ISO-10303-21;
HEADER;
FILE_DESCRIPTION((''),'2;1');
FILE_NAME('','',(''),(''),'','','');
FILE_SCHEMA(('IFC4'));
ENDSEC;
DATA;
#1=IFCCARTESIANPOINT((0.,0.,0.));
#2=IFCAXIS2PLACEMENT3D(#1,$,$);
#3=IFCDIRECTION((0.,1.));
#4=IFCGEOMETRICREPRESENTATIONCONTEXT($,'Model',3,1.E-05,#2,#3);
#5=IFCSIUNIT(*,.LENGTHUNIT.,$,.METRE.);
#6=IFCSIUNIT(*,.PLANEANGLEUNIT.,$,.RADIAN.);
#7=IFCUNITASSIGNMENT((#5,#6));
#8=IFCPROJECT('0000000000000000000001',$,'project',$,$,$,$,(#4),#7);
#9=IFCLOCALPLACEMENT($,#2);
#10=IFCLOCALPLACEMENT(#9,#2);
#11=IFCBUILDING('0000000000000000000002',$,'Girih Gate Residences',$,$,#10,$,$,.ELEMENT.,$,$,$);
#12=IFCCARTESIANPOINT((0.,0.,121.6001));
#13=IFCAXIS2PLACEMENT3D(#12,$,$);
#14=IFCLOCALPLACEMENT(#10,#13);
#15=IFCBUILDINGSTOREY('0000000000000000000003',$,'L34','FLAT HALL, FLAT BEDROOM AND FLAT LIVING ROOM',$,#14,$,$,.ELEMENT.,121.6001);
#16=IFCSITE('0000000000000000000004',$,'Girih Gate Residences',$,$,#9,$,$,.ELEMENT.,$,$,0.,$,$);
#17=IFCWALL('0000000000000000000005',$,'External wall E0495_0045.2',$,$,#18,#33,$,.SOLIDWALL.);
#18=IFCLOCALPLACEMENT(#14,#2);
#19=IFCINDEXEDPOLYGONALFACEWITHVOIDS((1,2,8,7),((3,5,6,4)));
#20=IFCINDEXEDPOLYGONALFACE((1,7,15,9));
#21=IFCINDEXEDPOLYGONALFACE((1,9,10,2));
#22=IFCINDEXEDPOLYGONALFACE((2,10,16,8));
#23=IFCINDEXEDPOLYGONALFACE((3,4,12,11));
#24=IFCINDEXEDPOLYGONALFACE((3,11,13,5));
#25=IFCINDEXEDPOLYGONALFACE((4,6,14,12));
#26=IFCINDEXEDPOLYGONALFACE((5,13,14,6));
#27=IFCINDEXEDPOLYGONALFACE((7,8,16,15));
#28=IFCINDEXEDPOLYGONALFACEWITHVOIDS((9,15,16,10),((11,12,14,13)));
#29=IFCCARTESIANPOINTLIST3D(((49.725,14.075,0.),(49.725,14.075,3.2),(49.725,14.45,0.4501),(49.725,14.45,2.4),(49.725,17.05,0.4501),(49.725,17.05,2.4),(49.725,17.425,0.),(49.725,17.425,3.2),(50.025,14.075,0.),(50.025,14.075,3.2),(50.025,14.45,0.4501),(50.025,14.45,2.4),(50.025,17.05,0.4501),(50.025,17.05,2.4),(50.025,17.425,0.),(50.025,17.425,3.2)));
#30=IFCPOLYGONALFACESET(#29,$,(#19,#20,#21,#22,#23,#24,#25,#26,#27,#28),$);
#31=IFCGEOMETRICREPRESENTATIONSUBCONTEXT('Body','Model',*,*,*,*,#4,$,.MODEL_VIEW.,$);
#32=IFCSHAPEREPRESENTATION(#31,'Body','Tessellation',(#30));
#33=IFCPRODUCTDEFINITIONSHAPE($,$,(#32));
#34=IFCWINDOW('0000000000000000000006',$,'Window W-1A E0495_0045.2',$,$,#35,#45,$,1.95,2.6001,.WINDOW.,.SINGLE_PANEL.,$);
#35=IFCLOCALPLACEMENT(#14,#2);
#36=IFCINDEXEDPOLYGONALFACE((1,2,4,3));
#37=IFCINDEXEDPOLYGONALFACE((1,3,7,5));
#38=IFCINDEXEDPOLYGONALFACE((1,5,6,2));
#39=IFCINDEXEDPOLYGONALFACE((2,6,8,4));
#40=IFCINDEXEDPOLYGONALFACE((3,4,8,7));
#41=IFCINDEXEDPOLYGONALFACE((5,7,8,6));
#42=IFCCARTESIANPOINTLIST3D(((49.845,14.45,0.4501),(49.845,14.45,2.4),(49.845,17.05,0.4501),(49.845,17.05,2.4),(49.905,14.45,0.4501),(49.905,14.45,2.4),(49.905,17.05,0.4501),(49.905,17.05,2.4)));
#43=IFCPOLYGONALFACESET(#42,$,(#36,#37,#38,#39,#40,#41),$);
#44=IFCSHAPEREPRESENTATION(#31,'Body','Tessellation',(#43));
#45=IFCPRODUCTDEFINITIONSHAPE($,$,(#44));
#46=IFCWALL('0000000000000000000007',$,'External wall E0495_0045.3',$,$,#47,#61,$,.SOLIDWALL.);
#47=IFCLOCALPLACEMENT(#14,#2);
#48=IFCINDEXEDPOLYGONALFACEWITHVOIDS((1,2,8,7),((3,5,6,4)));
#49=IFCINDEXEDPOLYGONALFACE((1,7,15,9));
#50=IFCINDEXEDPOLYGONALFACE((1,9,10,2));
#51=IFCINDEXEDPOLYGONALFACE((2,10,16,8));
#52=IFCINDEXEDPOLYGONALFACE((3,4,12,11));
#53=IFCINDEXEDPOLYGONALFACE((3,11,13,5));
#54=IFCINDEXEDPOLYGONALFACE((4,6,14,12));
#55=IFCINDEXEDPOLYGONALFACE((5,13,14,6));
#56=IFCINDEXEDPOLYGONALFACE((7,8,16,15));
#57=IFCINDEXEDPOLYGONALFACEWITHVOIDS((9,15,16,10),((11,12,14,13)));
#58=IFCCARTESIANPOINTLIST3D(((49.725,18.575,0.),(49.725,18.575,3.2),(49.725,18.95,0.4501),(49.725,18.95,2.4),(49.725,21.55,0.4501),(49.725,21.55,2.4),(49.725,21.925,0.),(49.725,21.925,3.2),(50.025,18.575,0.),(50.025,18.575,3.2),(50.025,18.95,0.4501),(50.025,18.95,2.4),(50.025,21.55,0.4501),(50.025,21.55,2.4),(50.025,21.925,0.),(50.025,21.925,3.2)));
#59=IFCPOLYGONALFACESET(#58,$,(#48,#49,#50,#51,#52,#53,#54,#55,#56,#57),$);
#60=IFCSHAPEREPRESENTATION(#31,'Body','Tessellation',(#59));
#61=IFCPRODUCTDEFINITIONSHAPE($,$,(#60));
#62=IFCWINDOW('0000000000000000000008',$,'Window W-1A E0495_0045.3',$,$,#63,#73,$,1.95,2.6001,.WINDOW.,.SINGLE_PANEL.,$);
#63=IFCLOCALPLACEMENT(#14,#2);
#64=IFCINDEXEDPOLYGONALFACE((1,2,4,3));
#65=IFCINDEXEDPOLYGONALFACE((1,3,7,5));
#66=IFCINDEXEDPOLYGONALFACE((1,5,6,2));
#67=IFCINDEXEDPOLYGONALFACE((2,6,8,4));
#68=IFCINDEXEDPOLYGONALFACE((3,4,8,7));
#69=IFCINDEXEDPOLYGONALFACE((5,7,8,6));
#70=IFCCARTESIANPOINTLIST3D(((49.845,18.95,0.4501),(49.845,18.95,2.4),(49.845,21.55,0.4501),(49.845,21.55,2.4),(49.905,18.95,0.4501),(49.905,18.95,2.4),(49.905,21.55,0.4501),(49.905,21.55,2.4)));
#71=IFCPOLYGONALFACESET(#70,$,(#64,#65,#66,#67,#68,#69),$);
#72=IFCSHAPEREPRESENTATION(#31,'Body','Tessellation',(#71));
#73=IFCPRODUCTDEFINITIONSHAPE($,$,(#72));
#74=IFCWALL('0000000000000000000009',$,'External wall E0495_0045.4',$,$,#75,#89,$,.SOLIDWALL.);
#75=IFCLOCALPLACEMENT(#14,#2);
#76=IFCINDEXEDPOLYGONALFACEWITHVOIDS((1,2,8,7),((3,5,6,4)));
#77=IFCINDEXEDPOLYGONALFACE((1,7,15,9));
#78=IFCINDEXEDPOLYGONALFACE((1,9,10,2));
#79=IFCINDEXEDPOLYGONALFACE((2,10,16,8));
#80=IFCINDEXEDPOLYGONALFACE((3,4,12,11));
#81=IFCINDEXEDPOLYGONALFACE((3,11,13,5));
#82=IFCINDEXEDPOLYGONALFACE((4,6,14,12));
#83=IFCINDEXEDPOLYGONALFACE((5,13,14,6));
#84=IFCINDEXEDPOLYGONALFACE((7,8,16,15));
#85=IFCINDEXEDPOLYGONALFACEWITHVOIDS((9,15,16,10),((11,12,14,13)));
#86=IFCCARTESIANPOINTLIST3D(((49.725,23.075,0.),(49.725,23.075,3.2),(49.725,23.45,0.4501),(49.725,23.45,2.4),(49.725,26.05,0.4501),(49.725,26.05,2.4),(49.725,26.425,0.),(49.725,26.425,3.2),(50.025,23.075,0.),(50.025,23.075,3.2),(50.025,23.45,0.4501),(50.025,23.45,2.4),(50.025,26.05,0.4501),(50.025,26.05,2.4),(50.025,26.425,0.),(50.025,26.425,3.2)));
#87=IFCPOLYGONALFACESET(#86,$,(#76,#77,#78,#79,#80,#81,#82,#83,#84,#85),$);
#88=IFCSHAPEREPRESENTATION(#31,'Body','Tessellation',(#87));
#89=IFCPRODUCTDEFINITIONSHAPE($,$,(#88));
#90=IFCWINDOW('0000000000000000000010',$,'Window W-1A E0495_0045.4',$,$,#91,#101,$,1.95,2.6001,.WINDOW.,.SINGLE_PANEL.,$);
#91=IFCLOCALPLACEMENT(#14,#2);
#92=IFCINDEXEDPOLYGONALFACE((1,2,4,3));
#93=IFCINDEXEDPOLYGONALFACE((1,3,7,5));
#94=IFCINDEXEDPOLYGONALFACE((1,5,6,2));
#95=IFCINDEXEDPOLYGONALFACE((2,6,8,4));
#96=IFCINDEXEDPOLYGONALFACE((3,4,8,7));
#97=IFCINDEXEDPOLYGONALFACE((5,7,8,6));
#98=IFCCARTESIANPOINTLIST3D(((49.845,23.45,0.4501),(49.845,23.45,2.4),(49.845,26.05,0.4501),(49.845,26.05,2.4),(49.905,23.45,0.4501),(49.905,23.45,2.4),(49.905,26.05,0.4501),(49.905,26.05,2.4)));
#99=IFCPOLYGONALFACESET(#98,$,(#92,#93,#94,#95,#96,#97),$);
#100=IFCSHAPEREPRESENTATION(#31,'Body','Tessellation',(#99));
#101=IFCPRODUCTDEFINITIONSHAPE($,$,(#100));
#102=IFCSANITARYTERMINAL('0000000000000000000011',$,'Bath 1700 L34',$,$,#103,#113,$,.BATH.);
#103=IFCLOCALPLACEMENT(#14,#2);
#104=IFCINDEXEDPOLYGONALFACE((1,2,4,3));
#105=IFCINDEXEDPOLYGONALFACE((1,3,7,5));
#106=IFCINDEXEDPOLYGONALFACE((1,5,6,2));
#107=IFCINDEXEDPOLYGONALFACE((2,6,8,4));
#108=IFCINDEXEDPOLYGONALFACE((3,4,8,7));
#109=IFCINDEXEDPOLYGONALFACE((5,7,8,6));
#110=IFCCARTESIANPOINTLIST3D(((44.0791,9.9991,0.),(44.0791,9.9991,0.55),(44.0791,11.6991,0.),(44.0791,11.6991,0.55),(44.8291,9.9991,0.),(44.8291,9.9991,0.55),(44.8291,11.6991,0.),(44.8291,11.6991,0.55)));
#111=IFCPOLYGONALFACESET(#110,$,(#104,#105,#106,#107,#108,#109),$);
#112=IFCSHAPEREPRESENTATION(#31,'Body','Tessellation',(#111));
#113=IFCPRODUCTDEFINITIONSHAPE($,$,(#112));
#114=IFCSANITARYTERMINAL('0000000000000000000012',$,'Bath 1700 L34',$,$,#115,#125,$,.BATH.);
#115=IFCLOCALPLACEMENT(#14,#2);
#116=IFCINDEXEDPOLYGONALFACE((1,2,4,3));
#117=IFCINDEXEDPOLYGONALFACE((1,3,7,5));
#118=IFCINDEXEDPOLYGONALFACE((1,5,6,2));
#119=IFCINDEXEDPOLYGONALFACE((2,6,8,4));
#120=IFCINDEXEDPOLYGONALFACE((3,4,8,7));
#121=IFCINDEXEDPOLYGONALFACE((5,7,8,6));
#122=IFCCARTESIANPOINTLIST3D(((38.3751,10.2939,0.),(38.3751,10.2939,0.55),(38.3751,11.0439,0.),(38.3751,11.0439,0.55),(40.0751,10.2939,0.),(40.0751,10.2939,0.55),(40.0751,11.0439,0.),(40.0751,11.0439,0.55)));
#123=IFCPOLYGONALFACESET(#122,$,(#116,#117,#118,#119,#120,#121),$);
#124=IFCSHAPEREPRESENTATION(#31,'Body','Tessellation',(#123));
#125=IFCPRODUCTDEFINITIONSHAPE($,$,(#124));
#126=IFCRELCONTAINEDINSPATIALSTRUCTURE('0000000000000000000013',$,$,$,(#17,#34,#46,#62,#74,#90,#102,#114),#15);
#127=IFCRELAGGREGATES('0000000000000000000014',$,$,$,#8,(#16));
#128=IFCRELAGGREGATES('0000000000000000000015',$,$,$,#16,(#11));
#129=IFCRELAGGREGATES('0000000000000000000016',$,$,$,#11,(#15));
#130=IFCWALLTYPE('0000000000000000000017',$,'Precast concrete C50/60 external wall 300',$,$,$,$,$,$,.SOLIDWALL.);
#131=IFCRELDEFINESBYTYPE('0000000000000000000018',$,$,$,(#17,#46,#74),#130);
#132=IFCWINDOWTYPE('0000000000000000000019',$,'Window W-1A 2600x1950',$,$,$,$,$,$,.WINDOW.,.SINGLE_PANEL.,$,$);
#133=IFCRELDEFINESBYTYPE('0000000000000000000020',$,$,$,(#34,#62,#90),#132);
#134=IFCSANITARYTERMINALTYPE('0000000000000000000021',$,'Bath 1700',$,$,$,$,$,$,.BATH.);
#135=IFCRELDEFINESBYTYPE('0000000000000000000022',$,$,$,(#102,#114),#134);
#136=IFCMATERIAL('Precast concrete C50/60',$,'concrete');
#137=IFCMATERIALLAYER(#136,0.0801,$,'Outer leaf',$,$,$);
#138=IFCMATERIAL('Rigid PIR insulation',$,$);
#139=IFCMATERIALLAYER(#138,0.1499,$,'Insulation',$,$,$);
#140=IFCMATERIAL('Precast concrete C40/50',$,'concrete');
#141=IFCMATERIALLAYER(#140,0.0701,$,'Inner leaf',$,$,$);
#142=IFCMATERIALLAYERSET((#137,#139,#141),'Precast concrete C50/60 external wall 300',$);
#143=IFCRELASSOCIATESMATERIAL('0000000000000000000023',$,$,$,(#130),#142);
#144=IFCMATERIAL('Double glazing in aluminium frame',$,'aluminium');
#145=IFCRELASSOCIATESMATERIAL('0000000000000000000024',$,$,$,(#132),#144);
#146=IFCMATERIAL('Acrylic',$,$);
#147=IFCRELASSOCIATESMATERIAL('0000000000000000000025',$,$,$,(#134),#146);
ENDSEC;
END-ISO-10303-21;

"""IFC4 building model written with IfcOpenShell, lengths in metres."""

from ifc_helpers import new_model, si_unit, direction, frame, frame_2d, origin, origin_2d, place, context, subcontext, project, spatial, rectangle, extrude, material, layer, layer_set, type_object, element, fill, save


model = new_model("IFC4")

# Units and contexts
model_context = context("Model", 3, precision=1e-05, world=origin(), true_north=direction((0.0, 1.0)))
body_context = subcontext(model_context, "Body", "Model", "MODEL_VIEW")
ifc_project = project(units=[si_unit("LENGTHUNIT", "METRE"), si_unit("PLANEANGLEUNIT", "RADIAN")], contexts=[model_context])

# Site, building, storey
site_placement = place(None, origin())
site = spatial("IfcSite", under=ifc_project, at=site_placement, Name="Girih Gate Residences", CompositionType="ELEMENT", RefElevation=0.0)
building_placement = place(site_placement, origin())
building = spatial("IfcBuilding", under=site, at=building_placement, Name="Girih Gate Residences", CompositionType="ELEMENT")
storey_placement = place(building_placement, frame((0.0, 0.0, 121.6001)))
storey = spatial("IfcBuildingStorey", under=building, at=storey_placement, Name="L34", Description="FLAT HALL, FLAT BEDROOM AND FLAT LIVING ROOM", CompositionType="ELEMENT", Elevation=121.6001)

# Walls, openings, windows
ifc_material_1 = material(Name="Precast concrete C50/60", Category="concrete")
ifc_layer_1 = layer(ifc_material_1, 0.0801, Name="Outer leaf")
ifc_material_2 = material(Name="Rigid PIR insulation")
ifc_layer_2 = layer(ifc_material_2, 0.1499, Name="Insulation")
ifc_material_3 = material(Name="Precast concrete C40/50", Category="concrete")
ifc_layer_3 = layer(ifc_material_3, 0.0701, Name="Inner leaf")
ifc_layer_set_1 = layer_set([ifc_layer_1, ifc_layer_2, ifc_layer_3], Name="Precast concrete C50/60 external wall 300")
wall_type_1 = type_object("IfcWallType", Name="Precast concrete C50/60 external wall 300", PredefinedType="SOLIDWALL", material=ifc_layer_set_1)
ifc_material_4 = material(Name="Double glazing in aluminium frame", Category="aluminium")
window_type = type_object("IfcWindowType", Name="Window W-1A 2600x1950", PartitioningType="SINGLE_PANEL", PredefinedType="WINDOW", material=ifc_material_4)
wall_1_placement = place(storey_placement, frame((49.875, 17.425, 0.0), z_axis=(0.0, 0.0, 1.0), x_axis=(0.0, -1.0, 0.0)))
wall_1 = element("IfcWall", 1, at=wall_1_placement, inside=storey, type_object=wall_type_1, Name="External wall E0495_0045.2", PredefinedType="SOLIDWALL", context=body_context, shape_type="SweptSolid", body=[
    extrude(rectangle(XDim=3.3501, YDim=0.3, at=frame_2d((1.675, 0.0))), origin(), (0.0, 0.0, 1.0), 3.2),
])
opening_1_placement = place(wall_1_placement, frame((0.375, 0.0, 0.45)))
opening_1 = element("IfcOpeningElement", 2, at=opening_1_placement, cuts=wall_1, PredefinedType="OPENING", context=body_context, shape_type="SweptSolid", body=[
    extrude(rectangle(XDim=2.6001, YDim=1.95, at=frame_2d((1.3, 0.9751))), frame((0.0, 0.1599, 0.0), z_axis=(0.0, -1.0, 0.0), x_axis=(1.0, 0.0, 0.0)), (0.0, 0.0, 1.0), 0.3201),
])
window_1_placement = place(opening_1_placement, origin())
window_1 = element("IfcWindow", 3, at=window_1_placement, inside=storey, type_object=window_type, Name="Window W-1A E0495_0045.2", OverallHeight=1.95, OverallWidth=2.6001, PartitioningType="SINGLE_PANEL", PredefinedType="WINDOW", context=body_context, shape_type="SweptSolid", body=[
    extrude(rectangle(XDim=2.6001, YDim=1.95, at=frame_2d((1.3, 0.9751))), frame((0.0, 0.03, 0.0), z_axis=(0.0, -1.0, 0.0), x_axis=(1.0, 0.0, 0.0)), (0.0, 0.0, 1.0), 0.0601),
])
fill(opening_1, window_1)
wall_2_placement = place(storey_placement, frame((49.875, 21.925, 0.0), z_axis=(0.0, 0.0, 1.0), x_axis=(0.0, -1.0, 0.0)))
wall_2 = element("IfcWall", 4, at=wall_2_placement, inside=storey, type_object=wall_type_1, Name="External wall E0495_0045.3", PredefinedType="SOLIDWALL", context=body_context, shape_type="SweptSolid", body=[
    extrude(rectangle(XDim=3.3501, YDim=0.3, at=frame_2d((1.675, 0.0))), origin(), (0.0, 0.0, 1.0), 3.2),
])
opening_2_placement = place(wall_2_placement, frame((0.375, 0.0, 0.45)))
opening_2 = element("IfcOpeningElement", 5, at=opening_2_placement, cuts=wall_2, PredefinedType="OPENING", context=body_context, shape_type="SweptSolid", body=[
    extrude(rectangle(XDim=2.6001, YDim=1.95, at=frame_2d((1.3, 0.9751))), frame((0.0, 0.1599, 0.0), z_axis=(0.0, -1.0, 0.0), x_axis=(1.0, 0.0, 0.0)), (0.0, 0.0, 1.0), 0.3201),
])
window_2_placement = place(opening_2_placement, origin())
window_2 = element("IfcWindow", 6, at=window_2_placement, inside=storey, type_object=window_type, Name="Window W-1A E0495_0045.3", OverallHeight=1.95, OverallWidth=2.6001, PartitioningType="SINGLE_PANEL", PredefinedType="WINDOW", context=body_context, shape_type="SweptSolid", body=[
    extrude(rectangle(XDim=2.6001, YDim=1.95, at=frame_2d((1.3, 0.9751))), frame((0.0, 0.03, 0.0), z_axis=(0.0, -1.0, 0.0), x_axis=(1.0, 0.0, 0.0)), (0.0, 0.0, 1.0), 0.0601),
])
fill(opening_2, window_2)
wall_3_placement = place(storey_placement, frame((49.875, 26.425, 0.0), z_axis=(0.0, 0.0, 1.0), x_axis=(0.0, -1.0, 0.0)))
wall_3 = element("IfcWall", 7, at=wall_3_placement, inside=storey, type_object=wall_type_1, Name="External wall E0495_0045.4", PredefinedType="SOLIDWALL", context=body_context, shape_type="SweptSolid", body=[
    extrude(rectangle(XDim=3.3501, YDim=0.3, at=frame_2d((1.675, 0.0))), origin(), (0.0, 0.0, 1.0), 3.2),
])
opening_3_placement = place(wall_3_placement, frame((0.375, 0.0, 0.45)))
opening_3 = element("IfcOpeningElement", 8, at=opening_3_placement, cuts=wall_3, PredefinedType="OPENING", context=body_context, shape_type="SweptSolid", body=[
    extrude(rectangle(XDim=2.6001, YDim=1.95, at=frame_2d((1.3, 0.9751))), frame((0.0, 0.1599, 0.0), z_axis=(0.0, -1.0, 0.0), x_axis=(1.0, 0.0, 0.0)), (0.0, 0.0, 1.0), 0.3201),
])
window_3_placement = place(opening_3_placement, origin())
window_3 = element("IfcWindow", 9, at=window_3_placement, inside=storey, type_object=window_type, Name="Window W-1A E0495_0045.4", OverallHeight=1.95, OverallWidth=2.6001, PartitioningType="SINGLE_PANEL", PredefinedType="WINDOW", context=body_context, shape_type="SweptSolid", body=[
    extrude(rectangle(XDim=2.6001, YDim=1.95, at=frame_2d((1.3, 0.9751))), frame((0.0, 0.03, 0.0), z_axis=(0.0, -1.0, 0.0), x_axis=(1.0, 0.0, 0.0)), (0.0, 0.0, 1.0), 0.0601),
])
fill(opening_3, window_3)

# Sanitary terminals
ifc_material_5 = material(Name="Acrylic")
sanitary_terminal_type = type_object("IfcSanitaryTerminalType", Name="Bath 1700", PredefinedType="BATH", material=ifc_material_5)
sanitary_terminal_1_placement = place(storey_placement, frame((44.4541, 10.8491, 0.0), z_axis=(0.0, 0.0, 1.0), x_axis=(1.0, 0.0, 0.0)))
element("IfcSanitaryTerminal", 10, at=sanitary_terminal_1_placement, inside=storey, type_object=sanitary_terminal_type, Name="Bath 1700 L34", PredefinedType="BATH", context=body_context, shape_type="SweptSolid", body=[
    extrude(rectangle(XDim=0.75, YDim=1.7, at=origin_2d()), origin(), (0.0, 0.0, 1.0), 0.55),
])
sanitary_terminal_2_placement = place(storey_placement, frame((39.2251, 10.6689, 0.0), z_axis=(0.0, 0.0, 1.0), x_axis=(1.0, 0.0, 0.0)))
element("IfcSanitaryTerminal", 11, at=sanitary_terminal_2_placement, inside=storey, type_object=sanitary_terminal_type, Name="Bath 1700 L34", PredefinedType="BATH", context=body_context, shape_type="SweptSolid", body=[
    extrude(rectangle(XDim=1.7, YDim=0.75, at=origin_2d()), origin(), (0.0, 0.0, 1.0), 0.55),
])

save(model, "model.ifc")
